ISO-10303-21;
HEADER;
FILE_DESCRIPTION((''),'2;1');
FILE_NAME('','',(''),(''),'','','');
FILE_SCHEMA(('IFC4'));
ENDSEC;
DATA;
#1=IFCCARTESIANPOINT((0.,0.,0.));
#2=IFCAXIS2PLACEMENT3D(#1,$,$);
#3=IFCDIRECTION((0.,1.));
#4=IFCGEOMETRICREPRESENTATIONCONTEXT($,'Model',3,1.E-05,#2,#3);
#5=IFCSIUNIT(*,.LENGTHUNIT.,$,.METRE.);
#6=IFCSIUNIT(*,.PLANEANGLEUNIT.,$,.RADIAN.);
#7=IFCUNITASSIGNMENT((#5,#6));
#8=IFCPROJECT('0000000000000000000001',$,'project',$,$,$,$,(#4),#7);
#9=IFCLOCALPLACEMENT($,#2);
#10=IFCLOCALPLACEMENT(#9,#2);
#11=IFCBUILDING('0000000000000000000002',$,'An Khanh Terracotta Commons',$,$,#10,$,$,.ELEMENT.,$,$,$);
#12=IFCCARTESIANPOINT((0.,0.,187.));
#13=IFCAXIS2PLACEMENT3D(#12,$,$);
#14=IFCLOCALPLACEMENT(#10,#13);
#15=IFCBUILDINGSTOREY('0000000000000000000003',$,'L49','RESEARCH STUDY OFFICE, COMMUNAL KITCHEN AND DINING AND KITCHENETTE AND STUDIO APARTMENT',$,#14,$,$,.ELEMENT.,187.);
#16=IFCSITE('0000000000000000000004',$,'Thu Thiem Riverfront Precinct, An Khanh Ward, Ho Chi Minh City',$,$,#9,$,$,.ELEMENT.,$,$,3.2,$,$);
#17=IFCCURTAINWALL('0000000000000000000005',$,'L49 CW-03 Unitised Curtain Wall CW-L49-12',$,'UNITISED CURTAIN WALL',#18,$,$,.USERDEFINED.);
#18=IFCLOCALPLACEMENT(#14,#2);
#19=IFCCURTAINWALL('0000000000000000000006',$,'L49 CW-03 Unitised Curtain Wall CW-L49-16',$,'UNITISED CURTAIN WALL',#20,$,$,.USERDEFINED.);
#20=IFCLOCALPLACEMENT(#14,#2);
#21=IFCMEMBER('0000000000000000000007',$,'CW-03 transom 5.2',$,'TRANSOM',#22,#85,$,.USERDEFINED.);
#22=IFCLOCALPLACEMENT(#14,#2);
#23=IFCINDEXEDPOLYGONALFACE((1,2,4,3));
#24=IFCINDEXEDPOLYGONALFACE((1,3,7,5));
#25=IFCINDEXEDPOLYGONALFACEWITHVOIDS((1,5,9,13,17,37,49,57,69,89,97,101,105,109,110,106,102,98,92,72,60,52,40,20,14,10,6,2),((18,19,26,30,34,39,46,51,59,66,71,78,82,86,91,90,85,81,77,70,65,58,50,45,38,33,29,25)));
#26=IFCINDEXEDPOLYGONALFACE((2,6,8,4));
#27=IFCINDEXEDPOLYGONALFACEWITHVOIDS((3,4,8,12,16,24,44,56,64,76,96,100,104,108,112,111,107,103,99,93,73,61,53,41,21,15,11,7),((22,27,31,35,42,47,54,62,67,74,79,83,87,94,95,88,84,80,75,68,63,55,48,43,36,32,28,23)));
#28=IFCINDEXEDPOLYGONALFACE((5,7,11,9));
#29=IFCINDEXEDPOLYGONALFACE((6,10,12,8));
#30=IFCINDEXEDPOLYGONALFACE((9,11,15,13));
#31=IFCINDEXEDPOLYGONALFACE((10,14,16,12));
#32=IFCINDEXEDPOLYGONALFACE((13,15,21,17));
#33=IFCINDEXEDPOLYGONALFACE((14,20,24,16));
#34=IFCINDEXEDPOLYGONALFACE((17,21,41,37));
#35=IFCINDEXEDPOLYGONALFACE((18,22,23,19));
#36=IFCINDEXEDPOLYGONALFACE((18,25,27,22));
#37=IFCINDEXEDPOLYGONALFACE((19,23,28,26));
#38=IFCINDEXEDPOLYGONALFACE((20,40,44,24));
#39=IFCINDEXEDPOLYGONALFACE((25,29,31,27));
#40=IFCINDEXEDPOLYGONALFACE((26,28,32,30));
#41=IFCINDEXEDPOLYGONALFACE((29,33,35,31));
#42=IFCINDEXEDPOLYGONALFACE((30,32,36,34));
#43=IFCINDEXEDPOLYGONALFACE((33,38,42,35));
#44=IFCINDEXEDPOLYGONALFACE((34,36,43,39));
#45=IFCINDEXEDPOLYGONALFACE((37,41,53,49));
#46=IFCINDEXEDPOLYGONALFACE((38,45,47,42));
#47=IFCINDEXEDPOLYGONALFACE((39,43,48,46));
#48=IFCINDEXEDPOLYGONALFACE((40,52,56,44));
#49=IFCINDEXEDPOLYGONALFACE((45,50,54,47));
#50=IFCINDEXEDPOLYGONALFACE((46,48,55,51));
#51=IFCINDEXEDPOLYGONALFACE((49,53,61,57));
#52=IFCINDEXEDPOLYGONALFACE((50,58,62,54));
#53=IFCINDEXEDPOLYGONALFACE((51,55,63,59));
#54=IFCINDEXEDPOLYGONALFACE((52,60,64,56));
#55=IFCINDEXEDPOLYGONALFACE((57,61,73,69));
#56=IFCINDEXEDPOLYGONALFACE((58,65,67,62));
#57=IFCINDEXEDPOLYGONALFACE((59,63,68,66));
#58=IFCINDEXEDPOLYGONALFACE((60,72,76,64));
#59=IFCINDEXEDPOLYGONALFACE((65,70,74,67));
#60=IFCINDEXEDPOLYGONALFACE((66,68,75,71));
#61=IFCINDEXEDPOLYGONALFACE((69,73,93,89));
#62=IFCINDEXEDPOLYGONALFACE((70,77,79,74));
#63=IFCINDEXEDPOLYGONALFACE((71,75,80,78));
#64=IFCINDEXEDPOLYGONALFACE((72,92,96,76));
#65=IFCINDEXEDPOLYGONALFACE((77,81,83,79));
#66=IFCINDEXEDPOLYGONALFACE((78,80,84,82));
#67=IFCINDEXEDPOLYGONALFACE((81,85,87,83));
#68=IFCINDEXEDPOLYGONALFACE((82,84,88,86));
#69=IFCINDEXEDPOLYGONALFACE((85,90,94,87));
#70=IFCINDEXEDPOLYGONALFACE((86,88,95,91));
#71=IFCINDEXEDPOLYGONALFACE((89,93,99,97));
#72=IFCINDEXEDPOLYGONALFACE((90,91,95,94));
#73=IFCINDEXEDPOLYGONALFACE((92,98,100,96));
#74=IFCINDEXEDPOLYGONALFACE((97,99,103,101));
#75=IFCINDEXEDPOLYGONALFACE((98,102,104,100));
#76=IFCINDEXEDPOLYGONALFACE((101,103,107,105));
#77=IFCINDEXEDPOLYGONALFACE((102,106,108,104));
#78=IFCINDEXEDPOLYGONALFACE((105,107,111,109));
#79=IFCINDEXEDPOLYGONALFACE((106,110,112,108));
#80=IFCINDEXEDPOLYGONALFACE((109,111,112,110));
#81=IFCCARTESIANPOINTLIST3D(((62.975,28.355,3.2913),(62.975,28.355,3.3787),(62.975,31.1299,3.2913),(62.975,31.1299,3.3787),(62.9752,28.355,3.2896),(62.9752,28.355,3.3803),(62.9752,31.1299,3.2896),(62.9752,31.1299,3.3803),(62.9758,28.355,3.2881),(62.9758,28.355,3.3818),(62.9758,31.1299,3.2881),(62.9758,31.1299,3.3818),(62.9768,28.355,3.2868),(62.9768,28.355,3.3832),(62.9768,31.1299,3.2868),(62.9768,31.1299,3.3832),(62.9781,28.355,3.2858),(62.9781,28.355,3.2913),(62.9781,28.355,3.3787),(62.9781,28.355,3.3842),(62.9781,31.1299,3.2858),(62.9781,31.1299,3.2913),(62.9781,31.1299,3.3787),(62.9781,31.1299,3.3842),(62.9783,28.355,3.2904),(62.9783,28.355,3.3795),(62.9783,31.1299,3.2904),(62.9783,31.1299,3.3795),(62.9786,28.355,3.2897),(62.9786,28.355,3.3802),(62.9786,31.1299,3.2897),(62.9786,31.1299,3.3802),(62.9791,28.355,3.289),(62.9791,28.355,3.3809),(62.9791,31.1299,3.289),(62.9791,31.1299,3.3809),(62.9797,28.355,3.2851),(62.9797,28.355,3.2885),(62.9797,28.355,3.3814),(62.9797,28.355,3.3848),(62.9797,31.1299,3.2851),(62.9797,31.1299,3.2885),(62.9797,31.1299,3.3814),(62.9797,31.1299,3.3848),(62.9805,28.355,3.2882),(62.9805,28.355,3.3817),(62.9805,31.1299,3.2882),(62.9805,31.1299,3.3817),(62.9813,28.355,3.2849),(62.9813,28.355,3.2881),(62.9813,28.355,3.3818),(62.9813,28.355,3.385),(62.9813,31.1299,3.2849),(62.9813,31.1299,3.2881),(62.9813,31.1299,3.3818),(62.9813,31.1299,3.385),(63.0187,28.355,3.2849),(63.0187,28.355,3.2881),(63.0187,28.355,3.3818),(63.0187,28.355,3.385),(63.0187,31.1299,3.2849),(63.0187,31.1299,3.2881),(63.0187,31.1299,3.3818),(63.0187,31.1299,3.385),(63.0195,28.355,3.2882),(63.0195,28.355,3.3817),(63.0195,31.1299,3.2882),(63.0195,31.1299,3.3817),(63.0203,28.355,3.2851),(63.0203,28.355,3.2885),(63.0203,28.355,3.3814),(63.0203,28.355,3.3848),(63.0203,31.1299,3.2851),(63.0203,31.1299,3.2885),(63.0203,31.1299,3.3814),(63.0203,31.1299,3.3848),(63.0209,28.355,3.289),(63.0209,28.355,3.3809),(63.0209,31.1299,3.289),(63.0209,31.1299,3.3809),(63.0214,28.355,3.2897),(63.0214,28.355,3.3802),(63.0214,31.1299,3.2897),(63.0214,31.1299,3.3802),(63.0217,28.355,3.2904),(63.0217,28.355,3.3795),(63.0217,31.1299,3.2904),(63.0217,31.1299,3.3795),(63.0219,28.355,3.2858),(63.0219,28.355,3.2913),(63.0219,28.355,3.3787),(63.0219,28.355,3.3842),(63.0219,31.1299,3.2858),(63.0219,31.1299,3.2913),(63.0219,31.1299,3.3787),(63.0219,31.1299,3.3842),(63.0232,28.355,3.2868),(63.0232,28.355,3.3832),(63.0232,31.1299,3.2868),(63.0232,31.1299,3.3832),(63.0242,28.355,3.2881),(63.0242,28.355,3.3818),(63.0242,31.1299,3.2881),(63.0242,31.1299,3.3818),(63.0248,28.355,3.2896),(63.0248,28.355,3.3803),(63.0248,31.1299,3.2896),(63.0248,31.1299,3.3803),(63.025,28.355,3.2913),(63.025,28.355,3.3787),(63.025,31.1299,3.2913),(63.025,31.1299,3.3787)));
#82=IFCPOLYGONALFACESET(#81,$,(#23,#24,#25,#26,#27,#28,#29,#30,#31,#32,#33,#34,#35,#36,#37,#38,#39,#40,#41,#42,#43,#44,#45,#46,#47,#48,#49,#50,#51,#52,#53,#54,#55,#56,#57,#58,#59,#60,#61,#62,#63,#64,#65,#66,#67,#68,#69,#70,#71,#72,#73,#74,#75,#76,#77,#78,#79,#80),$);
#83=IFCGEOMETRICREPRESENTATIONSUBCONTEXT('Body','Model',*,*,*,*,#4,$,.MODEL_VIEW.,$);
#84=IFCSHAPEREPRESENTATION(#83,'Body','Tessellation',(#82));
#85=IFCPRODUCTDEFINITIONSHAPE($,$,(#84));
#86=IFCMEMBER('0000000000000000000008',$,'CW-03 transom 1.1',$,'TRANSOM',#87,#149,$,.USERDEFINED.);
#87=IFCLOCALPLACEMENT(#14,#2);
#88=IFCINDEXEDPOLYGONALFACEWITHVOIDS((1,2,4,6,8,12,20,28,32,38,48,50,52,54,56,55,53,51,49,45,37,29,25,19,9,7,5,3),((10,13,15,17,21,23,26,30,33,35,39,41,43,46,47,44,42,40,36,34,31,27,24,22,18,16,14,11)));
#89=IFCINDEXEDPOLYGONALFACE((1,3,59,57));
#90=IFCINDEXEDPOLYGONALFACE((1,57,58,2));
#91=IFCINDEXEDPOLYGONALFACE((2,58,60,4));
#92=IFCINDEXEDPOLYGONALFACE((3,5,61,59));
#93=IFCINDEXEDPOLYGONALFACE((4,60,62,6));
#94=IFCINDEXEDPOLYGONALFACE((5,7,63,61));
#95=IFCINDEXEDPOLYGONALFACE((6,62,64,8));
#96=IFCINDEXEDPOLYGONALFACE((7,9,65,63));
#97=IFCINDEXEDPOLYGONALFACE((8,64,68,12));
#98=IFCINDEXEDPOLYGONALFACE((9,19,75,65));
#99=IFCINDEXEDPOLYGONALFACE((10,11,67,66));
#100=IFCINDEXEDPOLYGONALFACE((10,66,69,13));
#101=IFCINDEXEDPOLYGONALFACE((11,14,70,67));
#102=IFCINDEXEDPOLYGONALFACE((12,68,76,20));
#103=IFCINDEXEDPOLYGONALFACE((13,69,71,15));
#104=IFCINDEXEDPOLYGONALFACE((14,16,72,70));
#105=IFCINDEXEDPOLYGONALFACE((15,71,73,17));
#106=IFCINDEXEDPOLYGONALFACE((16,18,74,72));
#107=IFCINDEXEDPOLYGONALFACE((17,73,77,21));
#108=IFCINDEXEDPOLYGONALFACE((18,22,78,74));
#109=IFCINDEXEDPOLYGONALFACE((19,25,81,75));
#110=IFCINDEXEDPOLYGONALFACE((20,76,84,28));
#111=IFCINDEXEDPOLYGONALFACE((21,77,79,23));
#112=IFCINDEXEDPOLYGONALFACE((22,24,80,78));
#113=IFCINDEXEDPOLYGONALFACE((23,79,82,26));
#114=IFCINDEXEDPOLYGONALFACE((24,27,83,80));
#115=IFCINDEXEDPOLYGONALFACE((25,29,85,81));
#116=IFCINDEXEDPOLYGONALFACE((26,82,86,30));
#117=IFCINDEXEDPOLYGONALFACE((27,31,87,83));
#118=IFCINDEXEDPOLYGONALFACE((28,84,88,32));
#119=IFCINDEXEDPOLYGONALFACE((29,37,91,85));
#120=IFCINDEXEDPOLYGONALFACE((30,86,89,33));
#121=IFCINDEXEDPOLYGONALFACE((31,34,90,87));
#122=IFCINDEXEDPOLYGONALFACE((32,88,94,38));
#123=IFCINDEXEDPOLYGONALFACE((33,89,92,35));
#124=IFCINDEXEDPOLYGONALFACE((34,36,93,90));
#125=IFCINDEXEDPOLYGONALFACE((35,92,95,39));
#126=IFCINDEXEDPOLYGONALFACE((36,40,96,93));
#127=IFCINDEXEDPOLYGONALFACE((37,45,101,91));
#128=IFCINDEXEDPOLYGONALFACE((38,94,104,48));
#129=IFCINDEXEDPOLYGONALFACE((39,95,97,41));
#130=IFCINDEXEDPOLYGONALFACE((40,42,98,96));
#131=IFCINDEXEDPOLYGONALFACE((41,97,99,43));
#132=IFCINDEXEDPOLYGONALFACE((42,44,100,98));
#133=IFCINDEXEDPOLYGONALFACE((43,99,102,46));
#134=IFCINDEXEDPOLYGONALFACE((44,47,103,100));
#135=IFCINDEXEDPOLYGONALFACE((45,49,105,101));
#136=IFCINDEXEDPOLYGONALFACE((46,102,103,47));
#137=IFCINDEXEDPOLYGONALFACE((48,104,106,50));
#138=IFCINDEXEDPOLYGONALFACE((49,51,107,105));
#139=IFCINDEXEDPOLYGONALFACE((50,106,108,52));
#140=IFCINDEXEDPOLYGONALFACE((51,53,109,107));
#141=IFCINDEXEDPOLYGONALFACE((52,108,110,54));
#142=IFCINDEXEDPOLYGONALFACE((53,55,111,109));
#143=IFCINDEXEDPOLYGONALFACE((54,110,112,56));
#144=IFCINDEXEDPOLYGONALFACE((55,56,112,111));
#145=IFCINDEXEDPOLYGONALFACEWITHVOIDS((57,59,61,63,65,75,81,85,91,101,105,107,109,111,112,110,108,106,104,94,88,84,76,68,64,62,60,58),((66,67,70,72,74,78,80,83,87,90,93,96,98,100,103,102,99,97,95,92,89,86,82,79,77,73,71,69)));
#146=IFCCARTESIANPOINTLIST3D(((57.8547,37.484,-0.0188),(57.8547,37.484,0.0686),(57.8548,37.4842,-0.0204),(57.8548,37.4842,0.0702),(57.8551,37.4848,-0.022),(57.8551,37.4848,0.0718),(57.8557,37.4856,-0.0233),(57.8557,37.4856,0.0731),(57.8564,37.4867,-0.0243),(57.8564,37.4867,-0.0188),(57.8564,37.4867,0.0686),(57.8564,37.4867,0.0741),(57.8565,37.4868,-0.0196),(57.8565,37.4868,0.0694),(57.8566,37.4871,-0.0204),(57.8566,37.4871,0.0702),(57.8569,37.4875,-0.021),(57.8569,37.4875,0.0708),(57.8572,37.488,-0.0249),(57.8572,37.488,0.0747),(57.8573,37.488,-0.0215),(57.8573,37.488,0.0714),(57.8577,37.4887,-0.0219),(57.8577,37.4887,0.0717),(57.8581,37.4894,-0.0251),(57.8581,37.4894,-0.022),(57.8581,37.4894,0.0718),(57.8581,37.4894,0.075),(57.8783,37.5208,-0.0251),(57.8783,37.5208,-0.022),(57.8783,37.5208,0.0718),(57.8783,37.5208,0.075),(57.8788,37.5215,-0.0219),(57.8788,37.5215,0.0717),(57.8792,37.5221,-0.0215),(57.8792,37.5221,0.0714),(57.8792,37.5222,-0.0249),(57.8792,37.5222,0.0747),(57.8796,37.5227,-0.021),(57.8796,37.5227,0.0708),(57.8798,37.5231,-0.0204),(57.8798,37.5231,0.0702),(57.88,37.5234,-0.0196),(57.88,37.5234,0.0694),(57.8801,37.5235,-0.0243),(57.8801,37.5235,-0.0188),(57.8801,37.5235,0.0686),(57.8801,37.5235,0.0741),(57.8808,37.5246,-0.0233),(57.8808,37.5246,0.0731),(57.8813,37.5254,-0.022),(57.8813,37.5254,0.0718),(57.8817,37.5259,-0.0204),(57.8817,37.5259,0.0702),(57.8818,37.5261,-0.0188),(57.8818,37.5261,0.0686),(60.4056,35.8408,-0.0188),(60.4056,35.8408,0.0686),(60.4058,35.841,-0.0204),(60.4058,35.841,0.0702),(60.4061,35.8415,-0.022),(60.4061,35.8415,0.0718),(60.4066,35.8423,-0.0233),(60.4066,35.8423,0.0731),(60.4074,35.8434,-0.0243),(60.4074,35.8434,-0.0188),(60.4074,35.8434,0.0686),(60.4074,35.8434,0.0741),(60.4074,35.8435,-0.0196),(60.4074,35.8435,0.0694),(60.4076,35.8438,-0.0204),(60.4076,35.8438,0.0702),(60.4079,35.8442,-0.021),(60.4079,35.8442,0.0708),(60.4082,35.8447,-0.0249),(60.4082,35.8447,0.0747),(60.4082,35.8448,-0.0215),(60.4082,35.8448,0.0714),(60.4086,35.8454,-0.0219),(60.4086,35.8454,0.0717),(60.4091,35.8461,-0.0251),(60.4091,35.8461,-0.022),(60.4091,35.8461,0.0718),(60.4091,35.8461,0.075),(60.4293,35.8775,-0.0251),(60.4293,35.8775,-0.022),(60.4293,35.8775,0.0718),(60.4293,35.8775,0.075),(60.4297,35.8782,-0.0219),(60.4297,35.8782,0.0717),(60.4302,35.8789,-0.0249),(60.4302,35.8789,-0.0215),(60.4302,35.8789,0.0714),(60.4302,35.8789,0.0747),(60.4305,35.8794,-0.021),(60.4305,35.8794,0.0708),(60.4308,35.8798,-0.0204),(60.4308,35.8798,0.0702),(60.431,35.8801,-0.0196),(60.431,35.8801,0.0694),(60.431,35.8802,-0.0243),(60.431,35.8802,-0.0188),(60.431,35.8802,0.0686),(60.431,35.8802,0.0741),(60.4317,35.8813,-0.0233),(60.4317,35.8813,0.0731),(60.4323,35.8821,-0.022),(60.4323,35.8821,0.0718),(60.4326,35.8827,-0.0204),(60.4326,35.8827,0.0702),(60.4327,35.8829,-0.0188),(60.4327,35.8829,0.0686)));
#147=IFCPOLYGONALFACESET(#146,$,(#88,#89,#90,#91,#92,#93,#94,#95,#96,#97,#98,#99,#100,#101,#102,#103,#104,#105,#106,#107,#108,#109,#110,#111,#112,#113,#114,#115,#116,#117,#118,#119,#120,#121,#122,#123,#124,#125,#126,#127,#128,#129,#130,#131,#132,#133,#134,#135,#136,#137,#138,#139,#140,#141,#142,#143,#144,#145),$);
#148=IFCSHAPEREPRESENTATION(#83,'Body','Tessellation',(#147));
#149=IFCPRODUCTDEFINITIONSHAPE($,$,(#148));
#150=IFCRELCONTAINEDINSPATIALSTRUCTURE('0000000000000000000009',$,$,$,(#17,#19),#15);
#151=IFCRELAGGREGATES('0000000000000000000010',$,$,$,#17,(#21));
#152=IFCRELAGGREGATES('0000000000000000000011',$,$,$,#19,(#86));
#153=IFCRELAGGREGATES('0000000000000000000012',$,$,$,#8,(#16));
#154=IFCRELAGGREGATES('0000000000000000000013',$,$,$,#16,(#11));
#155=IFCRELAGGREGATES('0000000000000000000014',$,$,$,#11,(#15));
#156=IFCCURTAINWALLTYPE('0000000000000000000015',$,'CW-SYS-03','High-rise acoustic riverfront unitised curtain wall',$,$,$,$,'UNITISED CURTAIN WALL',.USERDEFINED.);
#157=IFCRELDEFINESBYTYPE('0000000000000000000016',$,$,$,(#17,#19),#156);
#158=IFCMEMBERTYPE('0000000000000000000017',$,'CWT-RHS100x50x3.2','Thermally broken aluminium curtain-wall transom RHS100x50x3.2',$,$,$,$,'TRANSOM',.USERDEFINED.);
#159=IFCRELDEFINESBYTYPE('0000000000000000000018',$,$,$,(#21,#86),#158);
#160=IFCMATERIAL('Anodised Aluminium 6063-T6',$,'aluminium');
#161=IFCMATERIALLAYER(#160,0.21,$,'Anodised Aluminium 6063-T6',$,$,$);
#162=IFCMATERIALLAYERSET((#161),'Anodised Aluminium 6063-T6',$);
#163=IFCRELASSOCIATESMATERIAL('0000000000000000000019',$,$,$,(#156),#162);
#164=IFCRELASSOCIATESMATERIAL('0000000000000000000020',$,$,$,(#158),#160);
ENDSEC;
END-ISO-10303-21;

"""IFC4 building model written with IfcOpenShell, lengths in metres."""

from ifc_helpers import new_model, si_unit, direction, frame, origin, origin_2d, place, context, subcontext, project, spatial, hollow_rectangle, extrude, material, layer, layer_set, material_profile, profile_set, type_object, element, aggregate, save


model = new_model("IFC4")

# Units and contexts
model_context = context("Model", 3, precision=1e-05, world=origin(), true_north=direction((0.0, 1.0)))
body_context = subcontext(model_context, "Body", "Model", "MODEL_VIEW")
ifc_project = project(units=[si_unit("LENGTHUNIT", "METRE"), si_unit("PLANEANGLEUNIT", "RADIAN")], contexts=[model_context])

# Site, building, storey
site_placement = place(None, origin())
site = spatial("IfcSite", under=ifc_project, at=site_placement, Name="Thu Thiem Riverfront Precinct, An Khanh Ward, Ho Chi Minh City", CompositionType="ELEMENT", RefElevation=3.2)
building_placement = place(site_placement, origin())
building = spatial("IfcBuilding", under=site, at=building_placement, Name="An Khanh Terracotta Commons", CompositionType="ELEMENT")
storey_placement = place(building_placement, frame((0.0, 0.0, 187.0)))
storey = spatial("IfcBuildingStorey", under=building, at=storey_placement, Name="L49", Description="RESEARCH STUDY OFFICE, COMMUNAL KITCHEN AND DINING AND KITCHENETTE AND STUDIO APARTMENT", CompositionType="ELEMENT", Elevation=187.0)

# Curtain walls
ifc_material_1 = material(Name="Anodised Aluminium 6063-T6", Category="aluminium")
ifc_layer_1 = layer(ifc_material_1, 0.21, Name="Anodised Aluminium 6063-T6")
ifc_layer_set_1 = layer_set([ifc_layer_1], Name="Anodised Aluminium 6063-T6")
curtain_wall_type = type_object("IfcCurtainWallType", Name="CW-SYS-03", Description="High-rise acoustic riverfront unitised curtain wall", ElementType="UNITISED CURTAIN WALL", PredefinedType="USERDEFINED", material=ifc_layer_set_1)
curtain_wall_1_placement = place(storey_placement, origin())
curtain_wall_1 = element("IfcCurtainWall", 1, at=curtain_wall_1_placement, inside=storey, type_object=curtain_wall_type, Name="L49 CW-03 Unitised Curtain Wall CW-L49-12", ObjectType="UNITISED CURTAIN WALL", PredefinedType="USERDEFINED")
curtain_wall_2_placement = place(storey_placement, origin())
curtain_wall_2 = element("IfcCurtainWall", 2, at=curtain_wall_2_placement, inside=storey, type_object=curtain_wall_type, Name="L49 CW-03 Unitised Curtain Wall CW-L49-16", ObjectType="UNITISED CURTAIN WALL", PredefinedType="USERDEFINED")

# Members
ifc_material_profile_1 = material_profile(ifc_material_1, hollow_rectangle(XDim=0.05, YDim=0.1001, WallThickness=0.0032, InnerFilletRadius=0.0032, OuterFilletRadius=0.0063, at=origin_2d()), Name="RHS100x50x3.2")
ifc_profile_set_1 = profile_set([ifc_material_profile_1], Name="Anodised Aluminium 6063-T6")
member_type_1 = type_object("IfcMemberType", Name="CWT-RHS100x50x3.2", Description="Thermally broken aluminium curtain-wall transom RHS100x50x3.2", ElementType="TRANSOM", PredefinedType="USERDEFINED", material=ifc_profile_set_1)
member_1_placement = place(storey_placement, frame((63.0, 28.355, 3.335), z_axis=(0.0, 1.0, 0.0), x_axis=(-1.0, 0.0, 0.0)))
member_1 = element("IfcMember", 3, at=member_1_placement, type_object=member_type_1, Name="CW-03 transom 5.2", ObjectType="TRANSOM", PredefinedType="USERDEFINED", context=body_context, shape_type="SweptSolid", body=[
    extrude(hollow_rectangle(XDim=0.05, YDim=0.1001, WallThickness=0.0032, InnerFilletRadius=0.0032, OuterFilletRadius=0.0063, at=origin_2d()), origin(), (0.0, 0.0, 1.0), 2.7749),
])
member_2_placement = place(storey_placement, frame((60.4192, 35.8618, 0.0249), z_axis=(-0.840674, 0.541542, 0.0), x_axis=(-0.541542, -0.840674, 0.0)))
member_2 = element("IfcMember", 4, at=member_2_placement, type_object=member_type_1, Name="CW-03 transom 1.1", ObjectType="TRANSOM", PredefinedType="USERDEFINED", context=body_context, shape_type="SweptSolid", body=[
    extrude(hollow_rectangle(XDim=0.05, YDim=0.1001, WallThickness=0.0032, InnerFilletRadius=0.0032, OuterFilletRadius=0.0063, at=origin_2d()), origin(), (0.0, 0.0, 1.0), 3.0344),
])

aggregate(curtain_wall_1, [member_1])
aggregate(curtain_wall_2, [member_2])

save(model, "model.ifc")
